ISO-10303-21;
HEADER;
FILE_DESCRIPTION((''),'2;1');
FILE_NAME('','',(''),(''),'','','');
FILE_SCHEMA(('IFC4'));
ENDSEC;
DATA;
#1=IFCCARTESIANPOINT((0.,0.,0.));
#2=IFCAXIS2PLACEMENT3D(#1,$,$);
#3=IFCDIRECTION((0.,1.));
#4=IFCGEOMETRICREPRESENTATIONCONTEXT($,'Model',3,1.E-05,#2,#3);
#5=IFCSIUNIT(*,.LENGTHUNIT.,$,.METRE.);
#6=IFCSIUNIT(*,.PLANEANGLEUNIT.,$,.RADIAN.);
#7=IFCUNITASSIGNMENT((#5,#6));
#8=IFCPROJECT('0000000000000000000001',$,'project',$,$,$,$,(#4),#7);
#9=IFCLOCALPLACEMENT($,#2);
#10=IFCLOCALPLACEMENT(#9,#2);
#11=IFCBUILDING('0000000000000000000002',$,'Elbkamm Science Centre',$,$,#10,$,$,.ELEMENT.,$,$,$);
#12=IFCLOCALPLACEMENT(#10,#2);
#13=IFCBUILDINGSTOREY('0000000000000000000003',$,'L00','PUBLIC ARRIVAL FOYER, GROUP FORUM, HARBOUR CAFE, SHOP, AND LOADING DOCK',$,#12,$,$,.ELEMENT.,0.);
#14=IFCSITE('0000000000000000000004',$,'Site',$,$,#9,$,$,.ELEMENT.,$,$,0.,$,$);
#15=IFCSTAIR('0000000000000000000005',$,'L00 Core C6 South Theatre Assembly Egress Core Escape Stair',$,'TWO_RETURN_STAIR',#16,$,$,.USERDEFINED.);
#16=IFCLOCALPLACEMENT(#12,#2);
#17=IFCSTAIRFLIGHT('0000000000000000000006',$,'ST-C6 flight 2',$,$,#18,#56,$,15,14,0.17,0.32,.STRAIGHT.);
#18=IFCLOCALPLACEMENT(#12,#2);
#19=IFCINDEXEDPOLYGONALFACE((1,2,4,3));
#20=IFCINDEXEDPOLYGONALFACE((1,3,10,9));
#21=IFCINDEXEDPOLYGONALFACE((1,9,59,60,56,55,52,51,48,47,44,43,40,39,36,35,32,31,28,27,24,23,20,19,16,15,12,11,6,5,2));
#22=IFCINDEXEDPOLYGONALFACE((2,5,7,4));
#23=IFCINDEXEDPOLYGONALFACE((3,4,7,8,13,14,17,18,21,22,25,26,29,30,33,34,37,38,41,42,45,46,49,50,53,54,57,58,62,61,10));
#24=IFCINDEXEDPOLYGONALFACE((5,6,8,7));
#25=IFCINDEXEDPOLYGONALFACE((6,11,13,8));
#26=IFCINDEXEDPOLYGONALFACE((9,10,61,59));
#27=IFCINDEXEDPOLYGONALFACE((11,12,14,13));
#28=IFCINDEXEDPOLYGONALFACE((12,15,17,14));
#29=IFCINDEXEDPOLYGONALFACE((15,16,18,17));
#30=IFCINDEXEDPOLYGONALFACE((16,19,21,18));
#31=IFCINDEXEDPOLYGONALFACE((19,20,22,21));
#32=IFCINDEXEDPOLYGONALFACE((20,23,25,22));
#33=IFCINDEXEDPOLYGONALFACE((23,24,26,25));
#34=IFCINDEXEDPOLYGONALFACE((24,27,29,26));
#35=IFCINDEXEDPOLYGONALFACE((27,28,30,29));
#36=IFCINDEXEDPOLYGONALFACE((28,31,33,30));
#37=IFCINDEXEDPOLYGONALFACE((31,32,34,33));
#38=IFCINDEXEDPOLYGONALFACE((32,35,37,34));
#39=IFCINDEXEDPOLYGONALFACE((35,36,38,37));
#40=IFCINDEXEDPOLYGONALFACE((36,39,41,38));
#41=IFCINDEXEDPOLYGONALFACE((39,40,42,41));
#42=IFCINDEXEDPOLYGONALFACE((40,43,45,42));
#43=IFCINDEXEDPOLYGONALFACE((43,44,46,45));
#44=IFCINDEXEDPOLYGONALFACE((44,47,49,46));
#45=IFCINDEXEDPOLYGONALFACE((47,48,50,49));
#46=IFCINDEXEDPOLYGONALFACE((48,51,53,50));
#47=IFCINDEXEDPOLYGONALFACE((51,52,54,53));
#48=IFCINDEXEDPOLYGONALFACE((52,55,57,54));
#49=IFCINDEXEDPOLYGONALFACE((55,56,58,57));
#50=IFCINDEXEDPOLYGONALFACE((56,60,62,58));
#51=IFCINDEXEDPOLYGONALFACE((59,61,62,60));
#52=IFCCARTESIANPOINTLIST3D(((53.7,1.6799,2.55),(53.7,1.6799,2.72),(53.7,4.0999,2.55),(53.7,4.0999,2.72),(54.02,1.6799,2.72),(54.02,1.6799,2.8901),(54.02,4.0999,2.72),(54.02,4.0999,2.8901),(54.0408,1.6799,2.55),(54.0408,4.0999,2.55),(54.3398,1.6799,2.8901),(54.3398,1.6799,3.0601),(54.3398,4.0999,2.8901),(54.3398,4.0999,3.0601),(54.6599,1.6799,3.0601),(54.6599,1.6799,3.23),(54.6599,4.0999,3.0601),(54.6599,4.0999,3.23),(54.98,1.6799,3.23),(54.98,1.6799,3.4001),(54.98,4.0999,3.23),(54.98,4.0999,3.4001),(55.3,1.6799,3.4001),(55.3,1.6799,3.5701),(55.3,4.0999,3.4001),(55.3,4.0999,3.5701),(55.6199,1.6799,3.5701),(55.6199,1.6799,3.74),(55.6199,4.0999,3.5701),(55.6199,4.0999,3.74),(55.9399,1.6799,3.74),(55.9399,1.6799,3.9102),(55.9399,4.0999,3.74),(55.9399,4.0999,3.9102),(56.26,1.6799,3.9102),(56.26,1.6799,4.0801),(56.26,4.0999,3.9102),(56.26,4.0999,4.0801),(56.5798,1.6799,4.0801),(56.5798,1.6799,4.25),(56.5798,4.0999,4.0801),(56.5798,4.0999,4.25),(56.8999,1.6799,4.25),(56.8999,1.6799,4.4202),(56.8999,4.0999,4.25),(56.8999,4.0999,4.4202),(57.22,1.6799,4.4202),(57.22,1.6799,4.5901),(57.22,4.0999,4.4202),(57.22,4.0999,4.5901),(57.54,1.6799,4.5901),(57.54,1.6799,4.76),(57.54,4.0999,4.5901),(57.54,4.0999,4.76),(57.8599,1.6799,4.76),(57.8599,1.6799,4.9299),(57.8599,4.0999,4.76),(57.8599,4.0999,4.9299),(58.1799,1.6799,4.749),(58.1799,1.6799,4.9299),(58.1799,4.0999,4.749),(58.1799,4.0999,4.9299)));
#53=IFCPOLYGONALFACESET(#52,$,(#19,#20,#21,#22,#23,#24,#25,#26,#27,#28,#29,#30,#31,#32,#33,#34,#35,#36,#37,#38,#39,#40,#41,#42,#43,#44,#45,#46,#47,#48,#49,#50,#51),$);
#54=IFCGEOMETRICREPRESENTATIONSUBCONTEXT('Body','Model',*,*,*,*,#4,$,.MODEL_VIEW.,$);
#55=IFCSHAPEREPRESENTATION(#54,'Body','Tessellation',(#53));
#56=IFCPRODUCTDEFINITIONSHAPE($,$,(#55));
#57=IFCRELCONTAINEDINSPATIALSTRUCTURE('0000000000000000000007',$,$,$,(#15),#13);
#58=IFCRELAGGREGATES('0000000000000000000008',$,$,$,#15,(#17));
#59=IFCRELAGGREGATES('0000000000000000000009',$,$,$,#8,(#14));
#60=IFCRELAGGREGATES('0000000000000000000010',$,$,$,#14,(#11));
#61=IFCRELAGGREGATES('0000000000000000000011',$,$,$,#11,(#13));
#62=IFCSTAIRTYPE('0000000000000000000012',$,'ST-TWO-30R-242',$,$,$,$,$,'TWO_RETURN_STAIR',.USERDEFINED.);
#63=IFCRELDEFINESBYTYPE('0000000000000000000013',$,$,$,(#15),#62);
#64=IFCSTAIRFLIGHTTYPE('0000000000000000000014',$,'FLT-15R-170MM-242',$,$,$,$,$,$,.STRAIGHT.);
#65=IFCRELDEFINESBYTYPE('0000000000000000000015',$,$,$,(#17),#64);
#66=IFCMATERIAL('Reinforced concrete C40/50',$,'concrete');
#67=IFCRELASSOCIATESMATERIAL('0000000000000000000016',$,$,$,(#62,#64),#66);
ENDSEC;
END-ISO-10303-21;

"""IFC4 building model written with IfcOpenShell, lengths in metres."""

from ifc_helpers import new_model, si_unit, direction, frame, origin, place, context, subcontext, project, spatial, polyline, outline, extrude, material, type_object, element, aggregate, save


model = new_model("IFC4")

# Units and contexts
model_context = context("Model", 3, precision=1e-05, world=origin(), true_north=direction((0.0, 1.0)))
body_context = subcontext(model_context, "Body", "Model", "MODEL_VIEW")
ifc_project = project(units=[si_unit("LENGTHUNIT", "METRE"), si_unit("PLANEANGLEUNIT", "RADIAN")], contexts=[model_context])

# Site, building, storey
site_placement = place(None, origin())
site = spatial("IfcSite", under=ifc_project, at=site_placement, Name="Site", CompositionType="ELEMENT", RefElevation=0.0)
building_placement = place(site_placement, origin())
building = spatial("IfcBuilding", under=site, at=building_placement, Name="Elbkamm Science Centre", CompositionType="ELEMENT")
storey_placement = place(building_placement, origin())
storey = spatial("IfcBuildingStorey", under=building, at=storey_placement, Name="L00", Description="PUBLIC ARRIVAL FOYER, GROUP FORUM, HARBOUR CAFE, SHOP, AND LOADING DOCK", CompositionType="ELEMENT", Elevation=0.0)

# Shared definitions
ifc_material_1 = material(Name="Reinforced concrete C40/50", Category="concrete")

# Stair, stair flight
stair_type = type_object("IfcStairType", Name="ST-TWO-30R-242", ElementType="TWO_RETURN_STAIR", PredefinedType="USERDEFINED", material=ifc_material_1)
stair_placement = place(storey_placement, origin())
stair = element("IfcStair", 1, at=stair_placement, inside=storey, type_object=stair_type, Name="L00 Core C6 South Theatre Assembly Egress Core Escape Stair", ObjectType="TWO_RETURN_STAIR", PredefinedType="USERDEFINED")
stair_flight_type = type_object("IfcStairFlightType", Name="FLT-15R-170MM-242", PredefinedType="STRAIGHT", material=ifc_material_1)
stair_flight_1_placement = place(storey_placement, frame((53.7, 2.8899, 2.55), z_axis=(0.0, 0.0, 1.0), x_axis=(1.0, 0.0, 0.0)))
stair_flight_1 = element("IfcStairFlight", 2, at=stair_flight_1_placement, type_object=stair_flight_type, Name="ST-C6 flight 2", NumberOfRisers=15, NumberOfTreads=14, PredefinedType="STRAIGHT", RiserHeight=0.17, TreadLength=0.32, context=body_context, shape_type="SweptSolid", body=[
    extrude(outline(polyline([(0.0, 0.0), (0.0, 0.1699), (0.3201, 0.1699), (0.3201, 0.3401), (0.6399, 0.3401), (0.6399, 0.51), (0.96, 0.51), (0.96, 0.6799), (1.28, 0.6799), (1.28, 0.8501), (1.6001, 0.8501), (1.6001, 1.02), (1.9199, 1.02), (1.9199, 1.1899), (2.24, 1.1899), (2.24, 1.3601), (2.5601, 1.3601), (2.5601, 1.53), (2.8799, 1.53), (2.8799, 1.7), (3.2, 1.7), (3.2, 1.8701), (3.52, 1.8701), (3.52, 2.04), (3.8401, 2.04), (3.8401, 2.21), (4.1599, 2.21), (4.1599, 2.3799), (4.48, 2.3799), (4.48, 2.55), (4.48, 2.199), (0.3408, 0.0), (0.0, 0.0)])), frame((0.0, 1.21, 0.0), z_axis=(0.0, -1.0, 0.0), x_axis=(1.0, 0.0, 0.0)), (0.0, 0.0, 1.0), 2.4199),
])
aggregate(stair, [stair_flight_1])

save(model, "model.ifc")
